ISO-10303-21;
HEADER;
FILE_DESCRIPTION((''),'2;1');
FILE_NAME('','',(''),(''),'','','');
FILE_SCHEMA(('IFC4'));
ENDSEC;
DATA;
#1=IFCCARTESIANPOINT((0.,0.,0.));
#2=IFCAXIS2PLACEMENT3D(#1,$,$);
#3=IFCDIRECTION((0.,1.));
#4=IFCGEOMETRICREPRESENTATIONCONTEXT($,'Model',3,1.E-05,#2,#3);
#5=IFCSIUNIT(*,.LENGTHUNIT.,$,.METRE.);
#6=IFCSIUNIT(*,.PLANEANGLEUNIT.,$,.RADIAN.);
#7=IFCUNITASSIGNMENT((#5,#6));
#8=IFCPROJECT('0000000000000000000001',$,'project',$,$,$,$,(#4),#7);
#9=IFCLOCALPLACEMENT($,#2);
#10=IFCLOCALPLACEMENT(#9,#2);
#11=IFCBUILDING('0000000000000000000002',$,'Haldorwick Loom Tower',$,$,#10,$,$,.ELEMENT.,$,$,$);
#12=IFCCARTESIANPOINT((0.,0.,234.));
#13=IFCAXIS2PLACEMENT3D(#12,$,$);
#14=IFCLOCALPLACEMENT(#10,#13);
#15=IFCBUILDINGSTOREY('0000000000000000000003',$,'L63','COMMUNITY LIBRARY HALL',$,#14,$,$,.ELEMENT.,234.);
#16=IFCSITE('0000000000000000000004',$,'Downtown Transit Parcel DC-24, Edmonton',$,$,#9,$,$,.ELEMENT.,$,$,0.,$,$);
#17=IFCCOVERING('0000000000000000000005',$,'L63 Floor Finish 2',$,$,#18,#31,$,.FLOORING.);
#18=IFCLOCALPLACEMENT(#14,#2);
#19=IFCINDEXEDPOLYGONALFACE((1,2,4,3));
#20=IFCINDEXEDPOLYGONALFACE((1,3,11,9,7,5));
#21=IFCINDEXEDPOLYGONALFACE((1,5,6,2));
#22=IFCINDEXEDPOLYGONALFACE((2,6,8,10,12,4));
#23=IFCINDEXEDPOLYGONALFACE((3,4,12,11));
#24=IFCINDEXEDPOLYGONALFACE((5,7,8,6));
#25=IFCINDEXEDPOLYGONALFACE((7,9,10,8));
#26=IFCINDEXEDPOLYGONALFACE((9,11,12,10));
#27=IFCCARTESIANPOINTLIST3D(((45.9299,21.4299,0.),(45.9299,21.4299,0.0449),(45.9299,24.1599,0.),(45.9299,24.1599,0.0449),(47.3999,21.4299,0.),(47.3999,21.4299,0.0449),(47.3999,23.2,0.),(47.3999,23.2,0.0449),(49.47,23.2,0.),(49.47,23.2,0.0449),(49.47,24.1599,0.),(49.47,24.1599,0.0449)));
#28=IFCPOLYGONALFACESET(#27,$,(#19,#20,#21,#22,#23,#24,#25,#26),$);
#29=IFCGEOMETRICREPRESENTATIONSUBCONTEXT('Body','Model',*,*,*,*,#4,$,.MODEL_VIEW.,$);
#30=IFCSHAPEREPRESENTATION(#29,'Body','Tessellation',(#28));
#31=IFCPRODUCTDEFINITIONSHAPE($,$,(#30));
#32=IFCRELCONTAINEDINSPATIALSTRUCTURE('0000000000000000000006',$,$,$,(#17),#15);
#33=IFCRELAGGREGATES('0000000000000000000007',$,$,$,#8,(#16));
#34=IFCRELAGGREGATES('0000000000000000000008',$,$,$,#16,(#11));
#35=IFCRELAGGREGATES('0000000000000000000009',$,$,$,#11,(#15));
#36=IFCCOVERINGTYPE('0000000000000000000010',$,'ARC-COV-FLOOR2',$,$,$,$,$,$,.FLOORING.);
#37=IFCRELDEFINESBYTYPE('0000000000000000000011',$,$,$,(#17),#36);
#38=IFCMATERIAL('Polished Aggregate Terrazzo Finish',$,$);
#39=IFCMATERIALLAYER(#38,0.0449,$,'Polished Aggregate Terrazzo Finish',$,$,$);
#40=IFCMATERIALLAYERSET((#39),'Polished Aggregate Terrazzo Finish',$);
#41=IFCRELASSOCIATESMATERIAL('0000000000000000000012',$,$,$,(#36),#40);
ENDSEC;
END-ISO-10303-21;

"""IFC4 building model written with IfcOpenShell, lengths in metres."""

from ifc_helpers import new_model, si_unit, direction, frame, origin, place, context, subcontext, project, spatial, polyline, outline, extrude, material, layer, layer_set, type_object, element, save


model = new_model("IFC4")

# Units and contexts
model_context = context("Model", 3, precision=1e-05, world=origin(), true_north=direction((0.0, 1.0)))
body_context = subcontext(model_context, "Body", "Model", "MODEL_VIEW")
ifc_project = project(units=[si_unit("LENGTHUNIT", "METRE"), si_unit("PLANEANGLEUNIT", "RADIAN")], contexts=[model_context])

# Site, building, storey
site_placement = place(None, origin())
site = spatial("IfcSite", under=ifc_project, at=site_placement, Name="Downtown Transit Parcel DC-24, Edmonton", CompositionType="ELEMENT", RefElevation=0.0)
building_placement = place(site_placement, origin())
building = spatial("IfcBuilding", under=site, at=building_placement, Name="Haldorwick Loom Tower", CompositionType="ELEMENT")
storey_placement = place(building_placement, frame((0.0, 0.0, 234.0)))
storey = spatial("IfcBuildingStorey", under=building, at=storey_placement, Name="L63", Description="COMMUNITY LIBRARY HALL", CompositionType="ELEMENT", Elevation=234.0)

# Covering
ifc_material_1 = material(Name="Polished Aggregate Terrazzo Finish")
ifc_layer_1 = layer(ifc_material_1, 0.0449, Name="Polished Aggregate Terrazzo Finish")
ifc_layer_set_1 = layer_set([ifc_layer_1], Name="Polished Aggregate Terrazzo Finish")
covering_type_1 = type_object("IfcCoveringType", Name="ARC-COV-FLOOR2", PredefinedType="FLOORING", material=ifc_layer_set_1)
covering_1_placement = place(storey_placement, origin())
element("IfcCovering", 1, at=covering_1_placement, inside=storey, type_object=covering_type_1, Name="L63 Floor Finish 2", PredefinedType="FLOORING", context=body_context, shape_type="SweptSolid", body=[
    extrude(outline(polyline([(45.9299, 24.1599), (45.9299, 21.4299), (47.3999, 21.4299), (47.3999, 23.2), (49.47, 23.2), (49.47, 24.1599), (45.9299, 24.1599)])), origin(), (0.0, 0.0, 1.0), 0.0449),
])

save(model, "model.ifc")
